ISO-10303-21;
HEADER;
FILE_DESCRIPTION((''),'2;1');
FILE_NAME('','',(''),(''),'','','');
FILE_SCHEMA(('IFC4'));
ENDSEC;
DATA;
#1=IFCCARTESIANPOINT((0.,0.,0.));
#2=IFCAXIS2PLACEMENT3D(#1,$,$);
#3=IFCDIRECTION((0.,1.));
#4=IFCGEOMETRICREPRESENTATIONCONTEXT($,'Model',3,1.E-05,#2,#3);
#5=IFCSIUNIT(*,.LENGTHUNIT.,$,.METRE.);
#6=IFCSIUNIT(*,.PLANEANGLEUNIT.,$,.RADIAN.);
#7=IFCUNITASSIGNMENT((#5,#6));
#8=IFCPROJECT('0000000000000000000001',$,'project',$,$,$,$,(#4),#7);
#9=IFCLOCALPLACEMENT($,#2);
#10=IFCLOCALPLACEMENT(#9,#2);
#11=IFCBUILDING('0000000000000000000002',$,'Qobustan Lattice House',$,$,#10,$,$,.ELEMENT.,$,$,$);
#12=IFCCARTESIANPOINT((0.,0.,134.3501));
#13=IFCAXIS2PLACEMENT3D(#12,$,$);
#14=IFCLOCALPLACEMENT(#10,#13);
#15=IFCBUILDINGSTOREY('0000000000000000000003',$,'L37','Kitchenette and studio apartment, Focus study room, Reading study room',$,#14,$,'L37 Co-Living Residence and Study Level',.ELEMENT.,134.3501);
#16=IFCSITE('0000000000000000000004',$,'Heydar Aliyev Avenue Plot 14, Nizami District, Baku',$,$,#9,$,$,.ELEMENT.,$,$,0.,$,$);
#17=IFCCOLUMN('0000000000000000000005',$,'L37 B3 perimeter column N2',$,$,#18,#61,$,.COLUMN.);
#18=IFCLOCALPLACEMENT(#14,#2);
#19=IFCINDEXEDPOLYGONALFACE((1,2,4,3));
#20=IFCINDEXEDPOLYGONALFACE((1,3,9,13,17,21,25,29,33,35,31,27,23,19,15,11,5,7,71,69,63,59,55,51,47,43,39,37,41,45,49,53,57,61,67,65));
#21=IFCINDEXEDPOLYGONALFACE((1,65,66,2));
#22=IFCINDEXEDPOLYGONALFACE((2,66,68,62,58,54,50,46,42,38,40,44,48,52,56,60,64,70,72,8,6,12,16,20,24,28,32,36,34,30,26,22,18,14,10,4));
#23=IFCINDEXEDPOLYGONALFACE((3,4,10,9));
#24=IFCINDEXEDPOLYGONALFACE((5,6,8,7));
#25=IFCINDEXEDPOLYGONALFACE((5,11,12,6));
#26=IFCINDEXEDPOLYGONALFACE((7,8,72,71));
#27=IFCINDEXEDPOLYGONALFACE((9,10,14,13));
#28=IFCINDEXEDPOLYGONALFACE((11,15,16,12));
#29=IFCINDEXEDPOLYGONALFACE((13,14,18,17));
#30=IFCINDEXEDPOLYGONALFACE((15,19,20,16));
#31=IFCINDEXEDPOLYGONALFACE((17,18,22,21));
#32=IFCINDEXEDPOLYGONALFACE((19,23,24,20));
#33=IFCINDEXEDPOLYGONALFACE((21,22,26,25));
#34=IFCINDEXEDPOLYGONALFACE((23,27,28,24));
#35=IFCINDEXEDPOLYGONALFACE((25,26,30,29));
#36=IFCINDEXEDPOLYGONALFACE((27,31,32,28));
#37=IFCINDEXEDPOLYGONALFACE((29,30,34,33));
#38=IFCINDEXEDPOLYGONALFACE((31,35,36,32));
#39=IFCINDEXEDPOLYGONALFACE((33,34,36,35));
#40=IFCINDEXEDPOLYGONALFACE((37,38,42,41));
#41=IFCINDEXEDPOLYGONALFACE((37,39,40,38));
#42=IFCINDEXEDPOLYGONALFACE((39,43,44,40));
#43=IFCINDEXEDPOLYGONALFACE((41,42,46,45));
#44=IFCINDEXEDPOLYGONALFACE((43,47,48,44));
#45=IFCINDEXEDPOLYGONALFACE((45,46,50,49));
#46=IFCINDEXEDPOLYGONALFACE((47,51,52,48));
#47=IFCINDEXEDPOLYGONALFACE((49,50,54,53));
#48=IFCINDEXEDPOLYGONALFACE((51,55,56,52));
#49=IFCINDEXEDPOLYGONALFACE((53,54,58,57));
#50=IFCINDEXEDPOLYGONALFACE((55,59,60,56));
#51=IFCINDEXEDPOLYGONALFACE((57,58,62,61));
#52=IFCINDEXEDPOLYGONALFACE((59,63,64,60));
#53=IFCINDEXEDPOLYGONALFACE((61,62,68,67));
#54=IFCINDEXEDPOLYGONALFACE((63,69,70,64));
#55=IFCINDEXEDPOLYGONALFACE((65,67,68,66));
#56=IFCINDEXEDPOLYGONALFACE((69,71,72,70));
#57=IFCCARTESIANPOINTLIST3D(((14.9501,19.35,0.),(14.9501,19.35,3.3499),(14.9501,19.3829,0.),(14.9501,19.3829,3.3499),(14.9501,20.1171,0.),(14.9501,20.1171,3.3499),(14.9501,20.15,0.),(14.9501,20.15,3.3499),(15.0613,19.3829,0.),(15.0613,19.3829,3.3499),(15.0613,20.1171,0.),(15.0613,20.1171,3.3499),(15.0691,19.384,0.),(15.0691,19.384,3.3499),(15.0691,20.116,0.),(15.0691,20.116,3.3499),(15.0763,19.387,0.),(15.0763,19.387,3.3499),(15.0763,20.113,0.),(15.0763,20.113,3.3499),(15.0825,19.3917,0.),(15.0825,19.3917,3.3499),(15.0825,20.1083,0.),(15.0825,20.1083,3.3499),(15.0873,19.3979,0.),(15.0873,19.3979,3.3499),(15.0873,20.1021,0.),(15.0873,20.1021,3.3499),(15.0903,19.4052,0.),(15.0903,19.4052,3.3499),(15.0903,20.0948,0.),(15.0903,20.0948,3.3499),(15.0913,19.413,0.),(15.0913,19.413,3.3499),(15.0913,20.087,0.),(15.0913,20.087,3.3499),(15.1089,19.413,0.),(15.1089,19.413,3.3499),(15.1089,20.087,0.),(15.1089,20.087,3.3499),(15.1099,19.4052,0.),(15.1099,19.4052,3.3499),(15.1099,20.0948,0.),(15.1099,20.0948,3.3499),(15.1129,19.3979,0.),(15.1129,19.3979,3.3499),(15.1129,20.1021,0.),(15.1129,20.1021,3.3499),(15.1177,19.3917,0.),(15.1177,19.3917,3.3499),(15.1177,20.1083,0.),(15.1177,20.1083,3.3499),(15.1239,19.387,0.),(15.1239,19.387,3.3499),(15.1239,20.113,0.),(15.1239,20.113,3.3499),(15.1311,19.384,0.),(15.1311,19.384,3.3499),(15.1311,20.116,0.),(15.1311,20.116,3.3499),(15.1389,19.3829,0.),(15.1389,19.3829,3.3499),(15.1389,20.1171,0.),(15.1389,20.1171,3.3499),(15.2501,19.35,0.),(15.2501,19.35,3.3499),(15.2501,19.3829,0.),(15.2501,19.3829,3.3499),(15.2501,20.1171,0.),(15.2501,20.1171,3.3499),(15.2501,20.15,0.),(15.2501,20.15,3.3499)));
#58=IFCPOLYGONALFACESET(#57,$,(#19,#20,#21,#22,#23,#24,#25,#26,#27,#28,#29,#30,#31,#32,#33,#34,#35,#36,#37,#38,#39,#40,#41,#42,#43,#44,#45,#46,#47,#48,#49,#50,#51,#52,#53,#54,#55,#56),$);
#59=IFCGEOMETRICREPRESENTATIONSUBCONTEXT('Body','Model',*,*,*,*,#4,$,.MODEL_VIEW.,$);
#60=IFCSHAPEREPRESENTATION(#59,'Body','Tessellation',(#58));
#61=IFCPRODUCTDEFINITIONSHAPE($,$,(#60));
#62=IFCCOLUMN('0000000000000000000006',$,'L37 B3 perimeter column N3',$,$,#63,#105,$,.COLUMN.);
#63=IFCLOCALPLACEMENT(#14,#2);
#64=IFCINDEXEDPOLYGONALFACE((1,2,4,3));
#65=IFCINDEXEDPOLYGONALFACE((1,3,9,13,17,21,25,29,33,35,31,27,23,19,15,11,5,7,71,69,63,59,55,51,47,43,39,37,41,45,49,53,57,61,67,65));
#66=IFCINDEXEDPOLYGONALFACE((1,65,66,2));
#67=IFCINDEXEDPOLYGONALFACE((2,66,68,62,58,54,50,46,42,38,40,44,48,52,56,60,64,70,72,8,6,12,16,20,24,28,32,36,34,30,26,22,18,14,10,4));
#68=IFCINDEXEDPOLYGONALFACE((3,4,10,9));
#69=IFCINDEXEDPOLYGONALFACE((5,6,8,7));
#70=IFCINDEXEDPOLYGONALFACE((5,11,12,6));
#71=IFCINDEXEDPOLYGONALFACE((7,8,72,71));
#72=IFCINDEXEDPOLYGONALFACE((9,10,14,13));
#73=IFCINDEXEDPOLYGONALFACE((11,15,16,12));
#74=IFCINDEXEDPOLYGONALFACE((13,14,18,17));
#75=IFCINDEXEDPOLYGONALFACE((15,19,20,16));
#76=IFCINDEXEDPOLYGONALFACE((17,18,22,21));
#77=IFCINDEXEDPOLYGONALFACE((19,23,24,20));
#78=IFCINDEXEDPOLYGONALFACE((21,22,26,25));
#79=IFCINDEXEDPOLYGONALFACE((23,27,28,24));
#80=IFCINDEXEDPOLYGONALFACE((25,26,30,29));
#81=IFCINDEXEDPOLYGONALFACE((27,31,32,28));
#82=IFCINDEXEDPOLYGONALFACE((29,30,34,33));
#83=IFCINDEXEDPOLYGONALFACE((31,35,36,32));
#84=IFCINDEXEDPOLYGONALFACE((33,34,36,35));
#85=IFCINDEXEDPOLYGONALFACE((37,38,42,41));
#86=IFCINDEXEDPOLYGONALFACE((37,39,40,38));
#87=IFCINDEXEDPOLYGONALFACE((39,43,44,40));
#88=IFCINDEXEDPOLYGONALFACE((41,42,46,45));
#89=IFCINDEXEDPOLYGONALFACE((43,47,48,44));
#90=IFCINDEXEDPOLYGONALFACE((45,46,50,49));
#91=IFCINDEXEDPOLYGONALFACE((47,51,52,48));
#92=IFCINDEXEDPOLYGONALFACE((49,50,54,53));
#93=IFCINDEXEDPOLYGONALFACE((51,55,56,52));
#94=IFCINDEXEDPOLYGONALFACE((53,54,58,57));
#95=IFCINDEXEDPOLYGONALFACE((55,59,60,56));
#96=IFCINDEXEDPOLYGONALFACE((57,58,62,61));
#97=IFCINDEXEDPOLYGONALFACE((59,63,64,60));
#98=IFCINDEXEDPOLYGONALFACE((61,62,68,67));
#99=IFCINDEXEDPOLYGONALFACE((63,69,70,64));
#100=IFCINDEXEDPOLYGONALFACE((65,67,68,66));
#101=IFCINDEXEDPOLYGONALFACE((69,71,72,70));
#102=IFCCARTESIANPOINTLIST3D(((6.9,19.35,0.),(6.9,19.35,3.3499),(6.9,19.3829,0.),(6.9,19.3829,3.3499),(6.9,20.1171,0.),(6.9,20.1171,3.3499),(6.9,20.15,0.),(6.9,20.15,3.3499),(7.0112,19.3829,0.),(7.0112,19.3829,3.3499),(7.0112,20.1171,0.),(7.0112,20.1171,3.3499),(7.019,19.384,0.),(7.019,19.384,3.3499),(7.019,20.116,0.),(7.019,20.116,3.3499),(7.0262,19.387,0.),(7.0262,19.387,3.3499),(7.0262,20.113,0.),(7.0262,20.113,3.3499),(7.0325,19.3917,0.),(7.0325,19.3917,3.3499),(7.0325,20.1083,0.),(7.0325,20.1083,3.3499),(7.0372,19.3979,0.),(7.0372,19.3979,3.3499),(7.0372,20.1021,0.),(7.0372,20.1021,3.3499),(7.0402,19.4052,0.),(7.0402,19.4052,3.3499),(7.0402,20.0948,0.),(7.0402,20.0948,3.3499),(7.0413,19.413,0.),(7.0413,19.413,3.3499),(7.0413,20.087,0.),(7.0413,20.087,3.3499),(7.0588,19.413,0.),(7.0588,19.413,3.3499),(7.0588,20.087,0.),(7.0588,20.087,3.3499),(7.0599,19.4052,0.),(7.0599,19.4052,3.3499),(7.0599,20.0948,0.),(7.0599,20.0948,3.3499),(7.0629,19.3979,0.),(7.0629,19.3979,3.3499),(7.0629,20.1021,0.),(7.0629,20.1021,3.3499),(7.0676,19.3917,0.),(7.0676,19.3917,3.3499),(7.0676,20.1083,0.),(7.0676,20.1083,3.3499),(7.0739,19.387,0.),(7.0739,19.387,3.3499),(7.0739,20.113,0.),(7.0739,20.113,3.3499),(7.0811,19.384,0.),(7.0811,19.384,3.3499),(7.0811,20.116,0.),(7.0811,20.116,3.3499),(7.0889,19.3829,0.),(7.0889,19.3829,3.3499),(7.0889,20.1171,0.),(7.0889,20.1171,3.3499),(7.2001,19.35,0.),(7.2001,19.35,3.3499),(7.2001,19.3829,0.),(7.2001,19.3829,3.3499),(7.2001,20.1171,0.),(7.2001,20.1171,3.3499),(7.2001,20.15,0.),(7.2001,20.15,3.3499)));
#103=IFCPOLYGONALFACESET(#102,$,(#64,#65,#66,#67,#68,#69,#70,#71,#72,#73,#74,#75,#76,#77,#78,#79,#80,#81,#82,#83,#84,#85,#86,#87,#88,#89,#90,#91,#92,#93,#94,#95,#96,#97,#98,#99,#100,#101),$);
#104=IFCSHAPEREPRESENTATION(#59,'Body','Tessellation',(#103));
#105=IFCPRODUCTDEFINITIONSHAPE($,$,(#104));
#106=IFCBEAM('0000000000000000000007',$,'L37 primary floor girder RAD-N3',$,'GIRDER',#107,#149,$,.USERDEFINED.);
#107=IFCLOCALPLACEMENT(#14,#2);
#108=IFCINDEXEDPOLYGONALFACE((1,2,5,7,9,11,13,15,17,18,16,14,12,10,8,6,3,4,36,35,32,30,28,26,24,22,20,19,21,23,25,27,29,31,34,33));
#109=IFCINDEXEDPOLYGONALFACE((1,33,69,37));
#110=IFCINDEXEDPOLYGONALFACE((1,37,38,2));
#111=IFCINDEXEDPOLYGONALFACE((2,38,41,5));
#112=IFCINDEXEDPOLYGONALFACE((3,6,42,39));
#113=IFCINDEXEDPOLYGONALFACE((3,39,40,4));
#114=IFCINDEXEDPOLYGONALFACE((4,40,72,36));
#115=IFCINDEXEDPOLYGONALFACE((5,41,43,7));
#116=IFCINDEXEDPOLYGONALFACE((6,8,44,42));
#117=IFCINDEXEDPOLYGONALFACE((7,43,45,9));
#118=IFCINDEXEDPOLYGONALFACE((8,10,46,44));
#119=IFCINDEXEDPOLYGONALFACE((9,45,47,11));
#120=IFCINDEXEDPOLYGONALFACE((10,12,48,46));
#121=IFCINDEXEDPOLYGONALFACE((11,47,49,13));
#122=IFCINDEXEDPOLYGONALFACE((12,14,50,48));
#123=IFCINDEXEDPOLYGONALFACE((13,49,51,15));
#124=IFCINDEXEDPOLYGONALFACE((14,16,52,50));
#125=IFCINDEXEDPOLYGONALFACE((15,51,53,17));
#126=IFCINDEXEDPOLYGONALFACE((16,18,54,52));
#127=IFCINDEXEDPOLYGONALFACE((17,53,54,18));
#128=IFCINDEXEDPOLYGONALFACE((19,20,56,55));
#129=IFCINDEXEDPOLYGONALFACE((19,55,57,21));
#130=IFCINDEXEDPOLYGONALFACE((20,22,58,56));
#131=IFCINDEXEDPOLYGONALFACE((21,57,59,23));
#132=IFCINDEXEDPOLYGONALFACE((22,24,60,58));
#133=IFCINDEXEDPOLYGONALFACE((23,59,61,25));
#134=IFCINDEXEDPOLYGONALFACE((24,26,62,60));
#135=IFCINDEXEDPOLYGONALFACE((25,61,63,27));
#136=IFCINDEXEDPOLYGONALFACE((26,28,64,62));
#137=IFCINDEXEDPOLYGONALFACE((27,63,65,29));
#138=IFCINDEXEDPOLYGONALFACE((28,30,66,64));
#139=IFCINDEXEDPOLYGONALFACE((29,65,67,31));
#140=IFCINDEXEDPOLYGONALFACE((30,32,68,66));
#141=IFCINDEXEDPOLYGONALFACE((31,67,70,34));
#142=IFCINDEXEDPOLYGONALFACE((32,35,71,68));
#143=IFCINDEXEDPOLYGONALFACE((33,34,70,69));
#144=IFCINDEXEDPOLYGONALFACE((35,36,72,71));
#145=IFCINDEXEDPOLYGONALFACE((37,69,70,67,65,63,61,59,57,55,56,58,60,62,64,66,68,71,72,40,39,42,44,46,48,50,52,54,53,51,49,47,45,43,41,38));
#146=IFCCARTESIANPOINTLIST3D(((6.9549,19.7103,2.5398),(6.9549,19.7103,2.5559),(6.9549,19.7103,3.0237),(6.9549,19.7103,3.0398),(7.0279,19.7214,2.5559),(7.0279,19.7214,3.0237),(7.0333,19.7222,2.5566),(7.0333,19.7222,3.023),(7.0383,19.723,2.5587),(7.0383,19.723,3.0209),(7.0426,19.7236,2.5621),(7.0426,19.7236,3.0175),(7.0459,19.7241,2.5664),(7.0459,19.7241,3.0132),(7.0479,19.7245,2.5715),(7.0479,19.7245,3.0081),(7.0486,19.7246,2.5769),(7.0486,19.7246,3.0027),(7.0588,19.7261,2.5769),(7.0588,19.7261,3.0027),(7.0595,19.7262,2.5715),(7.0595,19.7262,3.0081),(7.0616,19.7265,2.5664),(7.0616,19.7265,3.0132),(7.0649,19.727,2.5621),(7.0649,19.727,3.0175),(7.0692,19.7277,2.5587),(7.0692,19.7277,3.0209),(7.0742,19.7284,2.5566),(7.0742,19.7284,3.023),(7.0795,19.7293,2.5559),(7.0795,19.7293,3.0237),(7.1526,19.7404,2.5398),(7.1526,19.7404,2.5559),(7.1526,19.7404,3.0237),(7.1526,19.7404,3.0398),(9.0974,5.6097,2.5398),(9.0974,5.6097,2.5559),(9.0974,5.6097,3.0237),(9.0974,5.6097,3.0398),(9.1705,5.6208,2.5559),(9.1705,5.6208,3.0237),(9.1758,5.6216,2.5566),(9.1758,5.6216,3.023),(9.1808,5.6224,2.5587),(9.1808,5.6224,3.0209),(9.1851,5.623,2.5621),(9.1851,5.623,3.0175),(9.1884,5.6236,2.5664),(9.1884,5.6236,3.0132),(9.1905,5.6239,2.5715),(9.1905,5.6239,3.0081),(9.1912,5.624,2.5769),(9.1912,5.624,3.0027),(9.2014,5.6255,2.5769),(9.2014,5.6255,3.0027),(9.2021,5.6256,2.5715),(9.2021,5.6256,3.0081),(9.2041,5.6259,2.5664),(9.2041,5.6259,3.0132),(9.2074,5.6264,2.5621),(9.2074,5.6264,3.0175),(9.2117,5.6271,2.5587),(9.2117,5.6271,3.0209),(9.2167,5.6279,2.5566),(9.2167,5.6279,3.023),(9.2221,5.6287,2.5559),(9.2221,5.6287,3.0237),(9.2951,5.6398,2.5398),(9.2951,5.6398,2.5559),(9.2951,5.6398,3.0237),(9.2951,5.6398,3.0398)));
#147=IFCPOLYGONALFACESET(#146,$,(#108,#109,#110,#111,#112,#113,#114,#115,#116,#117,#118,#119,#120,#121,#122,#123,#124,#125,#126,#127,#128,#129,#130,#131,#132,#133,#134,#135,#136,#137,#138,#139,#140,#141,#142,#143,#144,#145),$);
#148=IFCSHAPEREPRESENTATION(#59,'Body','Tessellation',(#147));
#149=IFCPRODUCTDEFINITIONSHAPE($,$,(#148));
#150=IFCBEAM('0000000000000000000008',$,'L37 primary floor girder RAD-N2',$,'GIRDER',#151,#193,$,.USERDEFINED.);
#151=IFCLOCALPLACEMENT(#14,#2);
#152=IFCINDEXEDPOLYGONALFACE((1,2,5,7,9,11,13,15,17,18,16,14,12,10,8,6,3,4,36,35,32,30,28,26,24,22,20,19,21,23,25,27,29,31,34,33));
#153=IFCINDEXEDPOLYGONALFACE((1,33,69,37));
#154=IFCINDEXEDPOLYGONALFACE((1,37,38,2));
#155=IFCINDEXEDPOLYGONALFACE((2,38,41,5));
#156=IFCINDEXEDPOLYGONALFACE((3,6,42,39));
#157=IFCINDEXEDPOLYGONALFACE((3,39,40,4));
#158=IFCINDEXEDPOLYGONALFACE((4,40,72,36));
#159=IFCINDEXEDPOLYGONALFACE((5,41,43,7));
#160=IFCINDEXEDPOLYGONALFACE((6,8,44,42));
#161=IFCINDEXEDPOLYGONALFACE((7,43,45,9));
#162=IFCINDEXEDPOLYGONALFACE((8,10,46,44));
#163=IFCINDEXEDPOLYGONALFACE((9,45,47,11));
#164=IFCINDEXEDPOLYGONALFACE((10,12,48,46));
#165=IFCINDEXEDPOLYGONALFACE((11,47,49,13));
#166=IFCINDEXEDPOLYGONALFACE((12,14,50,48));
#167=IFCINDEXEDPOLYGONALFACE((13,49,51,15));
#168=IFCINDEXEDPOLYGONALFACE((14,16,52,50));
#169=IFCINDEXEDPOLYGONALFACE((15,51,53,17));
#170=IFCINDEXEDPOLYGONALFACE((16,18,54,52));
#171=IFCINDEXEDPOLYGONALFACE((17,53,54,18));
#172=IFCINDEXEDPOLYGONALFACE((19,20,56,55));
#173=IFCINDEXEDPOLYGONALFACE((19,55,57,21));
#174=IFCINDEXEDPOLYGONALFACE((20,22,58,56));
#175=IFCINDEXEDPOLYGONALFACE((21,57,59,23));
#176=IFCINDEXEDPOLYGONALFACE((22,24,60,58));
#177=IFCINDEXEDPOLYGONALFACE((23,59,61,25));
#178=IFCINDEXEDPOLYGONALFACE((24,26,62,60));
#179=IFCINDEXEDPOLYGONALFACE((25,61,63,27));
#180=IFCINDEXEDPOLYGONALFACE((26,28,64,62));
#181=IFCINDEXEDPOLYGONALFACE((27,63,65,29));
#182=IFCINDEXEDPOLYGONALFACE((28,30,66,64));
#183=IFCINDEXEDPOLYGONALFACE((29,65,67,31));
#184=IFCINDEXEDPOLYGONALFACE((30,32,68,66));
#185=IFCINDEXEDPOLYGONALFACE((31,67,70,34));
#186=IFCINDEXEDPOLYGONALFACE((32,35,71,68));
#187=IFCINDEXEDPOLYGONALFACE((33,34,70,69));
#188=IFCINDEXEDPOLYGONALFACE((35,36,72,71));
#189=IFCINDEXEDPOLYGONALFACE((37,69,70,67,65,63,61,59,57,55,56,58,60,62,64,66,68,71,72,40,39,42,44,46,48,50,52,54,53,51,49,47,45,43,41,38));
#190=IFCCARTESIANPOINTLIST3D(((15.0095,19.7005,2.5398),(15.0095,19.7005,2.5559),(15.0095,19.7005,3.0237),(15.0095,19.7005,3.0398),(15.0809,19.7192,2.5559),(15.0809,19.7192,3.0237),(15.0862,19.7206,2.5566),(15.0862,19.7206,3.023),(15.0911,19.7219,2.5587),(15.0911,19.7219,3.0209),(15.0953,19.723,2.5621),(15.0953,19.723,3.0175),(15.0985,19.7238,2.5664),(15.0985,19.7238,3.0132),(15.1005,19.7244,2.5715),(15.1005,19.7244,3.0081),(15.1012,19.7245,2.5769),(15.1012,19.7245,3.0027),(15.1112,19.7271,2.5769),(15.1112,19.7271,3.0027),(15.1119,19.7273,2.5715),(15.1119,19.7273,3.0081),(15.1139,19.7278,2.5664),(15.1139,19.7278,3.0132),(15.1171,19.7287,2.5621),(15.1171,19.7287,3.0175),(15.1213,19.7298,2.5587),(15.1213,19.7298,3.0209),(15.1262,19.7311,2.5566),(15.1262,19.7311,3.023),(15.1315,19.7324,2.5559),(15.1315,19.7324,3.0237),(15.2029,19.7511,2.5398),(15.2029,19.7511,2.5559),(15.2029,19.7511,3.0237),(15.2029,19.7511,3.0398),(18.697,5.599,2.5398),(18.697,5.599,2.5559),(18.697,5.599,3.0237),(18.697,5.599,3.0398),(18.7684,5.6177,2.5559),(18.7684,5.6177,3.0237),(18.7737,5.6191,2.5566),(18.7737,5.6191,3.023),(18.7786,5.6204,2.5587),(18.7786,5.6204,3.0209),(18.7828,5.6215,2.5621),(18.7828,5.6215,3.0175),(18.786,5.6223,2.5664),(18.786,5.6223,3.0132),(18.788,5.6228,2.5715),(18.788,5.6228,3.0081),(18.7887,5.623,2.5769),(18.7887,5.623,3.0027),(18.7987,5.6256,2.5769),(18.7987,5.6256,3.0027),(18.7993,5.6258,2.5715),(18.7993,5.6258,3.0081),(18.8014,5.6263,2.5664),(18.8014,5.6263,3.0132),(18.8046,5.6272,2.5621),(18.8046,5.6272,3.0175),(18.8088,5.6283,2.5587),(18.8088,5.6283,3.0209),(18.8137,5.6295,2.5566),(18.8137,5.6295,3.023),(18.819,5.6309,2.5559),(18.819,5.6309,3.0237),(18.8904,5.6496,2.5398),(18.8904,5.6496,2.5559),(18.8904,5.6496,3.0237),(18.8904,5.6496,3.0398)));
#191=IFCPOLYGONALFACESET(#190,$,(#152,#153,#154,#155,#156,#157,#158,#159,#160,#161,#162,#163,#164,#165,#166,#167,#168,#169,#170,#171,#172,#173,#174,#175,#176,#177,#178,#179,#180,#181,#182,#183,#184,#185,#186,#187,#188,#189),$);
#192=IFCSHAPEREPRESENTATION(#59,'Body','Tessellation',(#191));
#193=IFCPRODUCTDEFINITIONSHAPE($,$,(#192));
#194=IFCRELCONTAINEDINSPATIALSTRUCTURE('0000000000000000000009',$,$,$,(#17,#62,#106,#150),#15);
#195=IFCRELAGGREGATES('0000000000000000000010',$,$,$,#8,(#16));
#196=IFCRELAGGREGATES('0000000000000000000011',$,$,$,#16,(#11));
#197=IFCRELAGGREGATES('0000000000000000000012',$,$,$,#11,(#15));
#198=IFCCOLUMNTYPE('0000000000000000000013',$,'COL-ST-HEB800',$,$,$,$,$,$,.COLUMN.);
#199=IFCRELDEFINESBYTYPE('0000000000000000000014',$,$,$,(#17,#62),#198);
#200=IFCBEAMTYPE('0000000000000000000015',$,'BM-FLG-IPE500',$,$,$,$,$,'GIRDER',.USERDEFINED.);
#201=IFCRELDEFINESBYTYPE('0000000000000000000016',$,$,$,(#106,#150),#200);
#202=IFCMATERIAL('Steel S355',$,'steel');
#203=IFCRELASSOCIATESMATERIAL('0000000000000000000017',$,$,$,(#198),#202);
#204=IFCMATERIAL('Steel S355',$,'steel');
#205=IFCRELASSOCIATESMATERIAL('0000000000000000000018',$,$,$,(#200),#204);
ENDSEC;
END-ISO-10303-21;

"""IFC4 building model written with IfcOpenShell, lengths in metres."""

from ifc_helpers import new_model, si_unit, direction, frame, origin, origin_2d, place, context, subcontext, project, spatial, i_section, extrude, material, material_profile, profile_set, type_object, element, save


model = new_model("IFC4")

# Units and contexts
model_context = context("Model", 3, precision=1e-05, world=origin(), true_north=direction((0.0, 1.0)))
body_context = subcontext(model_context, "Body", "Model", "MODEL_VIEW")
ifc_project = project(units=[si_unit("LENGTHUNIT", "METRE"), si_unit("PLANEANGLEUNIT", "RADIAN")], contexts=[model_context])

# Site, building, storey
site_placement = place(None, origin())
site = spatial("IfcSite", under=ifc_project, at=site_placement, Name="Heydar Aliyev Avenue Plot 14, Nizami District, Baku", CompositionType="ELEMENT", RefElevation=0.0)
building_placement = place(site_placement, origin())
building = spatial("IfcBuilding", under=site, at=building_placement, Name="Qobustan Lattice House", CompositionType="ELEMENT")
storey_placement = place(building_placement, frame((0.0, 0.0, 134.3501)))
storey = spatial("IfcBuildingStorey", under=building, at=storey_placement, Name="L37", Description="Kitchenette and studio apartment, Focus study room, Reading study room", LongName="L37 Co-Living Residence and Study Level", CompositionType="ELEMENT", Elevation=134.3501)

# Columns
ifc_material_1 = material(Name="Steel S355", Category="steel")
ifc_material_profile_1 = material_profile(ifc_material_1, i_section(OverallWidth=0.3, OverallDepth=0.8, WebThickness=0.0176, FlangeThickness=0.033, FilletRadius=0.03, at=origin_2d()), Name="HEB800")
ifc_profile_set_1 = profile_set([ifc_material_profile_1], Name="Steel S355")
column_type = type_object("IfcColumnType", Name="COL-ST-HEB800", PredefinedType="COLUMN", material=ifc_profile_set_1)
for number, where, z_axis, x_axis, name in (
    (1, (15.1001, 19.75, 0.0), (0.0, 0.0, 1.0), (1.0, 0.0, 0.0), "L37 B3 perimeter column N2"),
    (2, (7.05, 19.75, 0.0), (0.0, 0.0, 1.0), (1.0, 0.0, 0.0), "L37 B3 perimeter column N3"),
):
    element("IfcColumn", number, at=place(storey_placement, frame(where, z_axis=z_axis, x_axis=x_axis)), inside=storey, type_object=column_type, Name=name, PredefinedType="COLUMN", context=body_context, shape_type="SweptSolid", body=[
        extrude(i_section(OverallWidth=0.3, OverallDepth=0.8, WebThickness=0.0176, FlangeThickness=0.033, FilletRadius=0.03, at=origin_2d()), origin(), (0.0, 0.0, 1.0), 3.3499),
    ])

# Beams
ifc_material_2 = material(Name="Steel S355", Category="steel")
ifc_material_profile_2 = material_profile(ifc_material_2, i_section(OverallWidth=0.2, OverallDepth=0.5, WebThickness=0.0103, FlangeThickness=0.0161, FilletRadius=0.021, at=origin_2d()), Name="IPE500")
ifc_profile_set_2 = profile_set([ifc_material_profile_2], Name="Steel S355")
beam_type_1 = type_object("IfcBeamType", Name="BM-FLG-IPE500", ElementType="GIRDER", PredefinedType="USERDEFINED", material=ifc_profile_set_2)
beam_1_placement = place(storey_placement, frame((7.0537, 19.7253, 2.7898), z_axis=(0.150225, -0.988652, 0.0), x_axis=(0.988652, 0.150225, 0.0)))
element("IfcBeam", 3, at=beam_1_placement, inside=storey, type_object=beam_type_1, Name="L37 primary floor girder RAD-N3", ObjectType="GIRDER", PredefinedType="USERDEFINED", context=body_context, shape_type="SweptSolid", body=[
    extrude(i_section(OverallWidth=0.2, OverallDepth=0.5, WebThickness=0.0103, FlangeThickness=0.0161, FilletRadius=0.021, at=origin_2d()), origin(), (0.0, 0.0, 1.0), 14.2625),
])
beam_2_placement = place(storey_placement, frame((15.1062, 19.7258, 2.7898), z_axis=(0.252989, -0.967469, 0.0), x_axis=(0.967469, 0.252989, 0.0)))
element("IfcBeam", 4, at=beam_2_placement, inside=storey, type_object=beam_type_1, Name="L37 primary floor girder RAD-N2", ObjectType="GIRDER", PredefinedType="USERDEFINED", context=body_context, shape_type="SweptSolid", body=[
    extrude(i_section(OverallWidth=0.2, OverallDepth=0.5, WebThickness=0.0103, FlangeThickness=0.0161, FilletRadius=0.021, at=origin_2d()), origin(), (0.0, 0.0, 1.0), 14.5757),
])

save(model, "model.ifc")
